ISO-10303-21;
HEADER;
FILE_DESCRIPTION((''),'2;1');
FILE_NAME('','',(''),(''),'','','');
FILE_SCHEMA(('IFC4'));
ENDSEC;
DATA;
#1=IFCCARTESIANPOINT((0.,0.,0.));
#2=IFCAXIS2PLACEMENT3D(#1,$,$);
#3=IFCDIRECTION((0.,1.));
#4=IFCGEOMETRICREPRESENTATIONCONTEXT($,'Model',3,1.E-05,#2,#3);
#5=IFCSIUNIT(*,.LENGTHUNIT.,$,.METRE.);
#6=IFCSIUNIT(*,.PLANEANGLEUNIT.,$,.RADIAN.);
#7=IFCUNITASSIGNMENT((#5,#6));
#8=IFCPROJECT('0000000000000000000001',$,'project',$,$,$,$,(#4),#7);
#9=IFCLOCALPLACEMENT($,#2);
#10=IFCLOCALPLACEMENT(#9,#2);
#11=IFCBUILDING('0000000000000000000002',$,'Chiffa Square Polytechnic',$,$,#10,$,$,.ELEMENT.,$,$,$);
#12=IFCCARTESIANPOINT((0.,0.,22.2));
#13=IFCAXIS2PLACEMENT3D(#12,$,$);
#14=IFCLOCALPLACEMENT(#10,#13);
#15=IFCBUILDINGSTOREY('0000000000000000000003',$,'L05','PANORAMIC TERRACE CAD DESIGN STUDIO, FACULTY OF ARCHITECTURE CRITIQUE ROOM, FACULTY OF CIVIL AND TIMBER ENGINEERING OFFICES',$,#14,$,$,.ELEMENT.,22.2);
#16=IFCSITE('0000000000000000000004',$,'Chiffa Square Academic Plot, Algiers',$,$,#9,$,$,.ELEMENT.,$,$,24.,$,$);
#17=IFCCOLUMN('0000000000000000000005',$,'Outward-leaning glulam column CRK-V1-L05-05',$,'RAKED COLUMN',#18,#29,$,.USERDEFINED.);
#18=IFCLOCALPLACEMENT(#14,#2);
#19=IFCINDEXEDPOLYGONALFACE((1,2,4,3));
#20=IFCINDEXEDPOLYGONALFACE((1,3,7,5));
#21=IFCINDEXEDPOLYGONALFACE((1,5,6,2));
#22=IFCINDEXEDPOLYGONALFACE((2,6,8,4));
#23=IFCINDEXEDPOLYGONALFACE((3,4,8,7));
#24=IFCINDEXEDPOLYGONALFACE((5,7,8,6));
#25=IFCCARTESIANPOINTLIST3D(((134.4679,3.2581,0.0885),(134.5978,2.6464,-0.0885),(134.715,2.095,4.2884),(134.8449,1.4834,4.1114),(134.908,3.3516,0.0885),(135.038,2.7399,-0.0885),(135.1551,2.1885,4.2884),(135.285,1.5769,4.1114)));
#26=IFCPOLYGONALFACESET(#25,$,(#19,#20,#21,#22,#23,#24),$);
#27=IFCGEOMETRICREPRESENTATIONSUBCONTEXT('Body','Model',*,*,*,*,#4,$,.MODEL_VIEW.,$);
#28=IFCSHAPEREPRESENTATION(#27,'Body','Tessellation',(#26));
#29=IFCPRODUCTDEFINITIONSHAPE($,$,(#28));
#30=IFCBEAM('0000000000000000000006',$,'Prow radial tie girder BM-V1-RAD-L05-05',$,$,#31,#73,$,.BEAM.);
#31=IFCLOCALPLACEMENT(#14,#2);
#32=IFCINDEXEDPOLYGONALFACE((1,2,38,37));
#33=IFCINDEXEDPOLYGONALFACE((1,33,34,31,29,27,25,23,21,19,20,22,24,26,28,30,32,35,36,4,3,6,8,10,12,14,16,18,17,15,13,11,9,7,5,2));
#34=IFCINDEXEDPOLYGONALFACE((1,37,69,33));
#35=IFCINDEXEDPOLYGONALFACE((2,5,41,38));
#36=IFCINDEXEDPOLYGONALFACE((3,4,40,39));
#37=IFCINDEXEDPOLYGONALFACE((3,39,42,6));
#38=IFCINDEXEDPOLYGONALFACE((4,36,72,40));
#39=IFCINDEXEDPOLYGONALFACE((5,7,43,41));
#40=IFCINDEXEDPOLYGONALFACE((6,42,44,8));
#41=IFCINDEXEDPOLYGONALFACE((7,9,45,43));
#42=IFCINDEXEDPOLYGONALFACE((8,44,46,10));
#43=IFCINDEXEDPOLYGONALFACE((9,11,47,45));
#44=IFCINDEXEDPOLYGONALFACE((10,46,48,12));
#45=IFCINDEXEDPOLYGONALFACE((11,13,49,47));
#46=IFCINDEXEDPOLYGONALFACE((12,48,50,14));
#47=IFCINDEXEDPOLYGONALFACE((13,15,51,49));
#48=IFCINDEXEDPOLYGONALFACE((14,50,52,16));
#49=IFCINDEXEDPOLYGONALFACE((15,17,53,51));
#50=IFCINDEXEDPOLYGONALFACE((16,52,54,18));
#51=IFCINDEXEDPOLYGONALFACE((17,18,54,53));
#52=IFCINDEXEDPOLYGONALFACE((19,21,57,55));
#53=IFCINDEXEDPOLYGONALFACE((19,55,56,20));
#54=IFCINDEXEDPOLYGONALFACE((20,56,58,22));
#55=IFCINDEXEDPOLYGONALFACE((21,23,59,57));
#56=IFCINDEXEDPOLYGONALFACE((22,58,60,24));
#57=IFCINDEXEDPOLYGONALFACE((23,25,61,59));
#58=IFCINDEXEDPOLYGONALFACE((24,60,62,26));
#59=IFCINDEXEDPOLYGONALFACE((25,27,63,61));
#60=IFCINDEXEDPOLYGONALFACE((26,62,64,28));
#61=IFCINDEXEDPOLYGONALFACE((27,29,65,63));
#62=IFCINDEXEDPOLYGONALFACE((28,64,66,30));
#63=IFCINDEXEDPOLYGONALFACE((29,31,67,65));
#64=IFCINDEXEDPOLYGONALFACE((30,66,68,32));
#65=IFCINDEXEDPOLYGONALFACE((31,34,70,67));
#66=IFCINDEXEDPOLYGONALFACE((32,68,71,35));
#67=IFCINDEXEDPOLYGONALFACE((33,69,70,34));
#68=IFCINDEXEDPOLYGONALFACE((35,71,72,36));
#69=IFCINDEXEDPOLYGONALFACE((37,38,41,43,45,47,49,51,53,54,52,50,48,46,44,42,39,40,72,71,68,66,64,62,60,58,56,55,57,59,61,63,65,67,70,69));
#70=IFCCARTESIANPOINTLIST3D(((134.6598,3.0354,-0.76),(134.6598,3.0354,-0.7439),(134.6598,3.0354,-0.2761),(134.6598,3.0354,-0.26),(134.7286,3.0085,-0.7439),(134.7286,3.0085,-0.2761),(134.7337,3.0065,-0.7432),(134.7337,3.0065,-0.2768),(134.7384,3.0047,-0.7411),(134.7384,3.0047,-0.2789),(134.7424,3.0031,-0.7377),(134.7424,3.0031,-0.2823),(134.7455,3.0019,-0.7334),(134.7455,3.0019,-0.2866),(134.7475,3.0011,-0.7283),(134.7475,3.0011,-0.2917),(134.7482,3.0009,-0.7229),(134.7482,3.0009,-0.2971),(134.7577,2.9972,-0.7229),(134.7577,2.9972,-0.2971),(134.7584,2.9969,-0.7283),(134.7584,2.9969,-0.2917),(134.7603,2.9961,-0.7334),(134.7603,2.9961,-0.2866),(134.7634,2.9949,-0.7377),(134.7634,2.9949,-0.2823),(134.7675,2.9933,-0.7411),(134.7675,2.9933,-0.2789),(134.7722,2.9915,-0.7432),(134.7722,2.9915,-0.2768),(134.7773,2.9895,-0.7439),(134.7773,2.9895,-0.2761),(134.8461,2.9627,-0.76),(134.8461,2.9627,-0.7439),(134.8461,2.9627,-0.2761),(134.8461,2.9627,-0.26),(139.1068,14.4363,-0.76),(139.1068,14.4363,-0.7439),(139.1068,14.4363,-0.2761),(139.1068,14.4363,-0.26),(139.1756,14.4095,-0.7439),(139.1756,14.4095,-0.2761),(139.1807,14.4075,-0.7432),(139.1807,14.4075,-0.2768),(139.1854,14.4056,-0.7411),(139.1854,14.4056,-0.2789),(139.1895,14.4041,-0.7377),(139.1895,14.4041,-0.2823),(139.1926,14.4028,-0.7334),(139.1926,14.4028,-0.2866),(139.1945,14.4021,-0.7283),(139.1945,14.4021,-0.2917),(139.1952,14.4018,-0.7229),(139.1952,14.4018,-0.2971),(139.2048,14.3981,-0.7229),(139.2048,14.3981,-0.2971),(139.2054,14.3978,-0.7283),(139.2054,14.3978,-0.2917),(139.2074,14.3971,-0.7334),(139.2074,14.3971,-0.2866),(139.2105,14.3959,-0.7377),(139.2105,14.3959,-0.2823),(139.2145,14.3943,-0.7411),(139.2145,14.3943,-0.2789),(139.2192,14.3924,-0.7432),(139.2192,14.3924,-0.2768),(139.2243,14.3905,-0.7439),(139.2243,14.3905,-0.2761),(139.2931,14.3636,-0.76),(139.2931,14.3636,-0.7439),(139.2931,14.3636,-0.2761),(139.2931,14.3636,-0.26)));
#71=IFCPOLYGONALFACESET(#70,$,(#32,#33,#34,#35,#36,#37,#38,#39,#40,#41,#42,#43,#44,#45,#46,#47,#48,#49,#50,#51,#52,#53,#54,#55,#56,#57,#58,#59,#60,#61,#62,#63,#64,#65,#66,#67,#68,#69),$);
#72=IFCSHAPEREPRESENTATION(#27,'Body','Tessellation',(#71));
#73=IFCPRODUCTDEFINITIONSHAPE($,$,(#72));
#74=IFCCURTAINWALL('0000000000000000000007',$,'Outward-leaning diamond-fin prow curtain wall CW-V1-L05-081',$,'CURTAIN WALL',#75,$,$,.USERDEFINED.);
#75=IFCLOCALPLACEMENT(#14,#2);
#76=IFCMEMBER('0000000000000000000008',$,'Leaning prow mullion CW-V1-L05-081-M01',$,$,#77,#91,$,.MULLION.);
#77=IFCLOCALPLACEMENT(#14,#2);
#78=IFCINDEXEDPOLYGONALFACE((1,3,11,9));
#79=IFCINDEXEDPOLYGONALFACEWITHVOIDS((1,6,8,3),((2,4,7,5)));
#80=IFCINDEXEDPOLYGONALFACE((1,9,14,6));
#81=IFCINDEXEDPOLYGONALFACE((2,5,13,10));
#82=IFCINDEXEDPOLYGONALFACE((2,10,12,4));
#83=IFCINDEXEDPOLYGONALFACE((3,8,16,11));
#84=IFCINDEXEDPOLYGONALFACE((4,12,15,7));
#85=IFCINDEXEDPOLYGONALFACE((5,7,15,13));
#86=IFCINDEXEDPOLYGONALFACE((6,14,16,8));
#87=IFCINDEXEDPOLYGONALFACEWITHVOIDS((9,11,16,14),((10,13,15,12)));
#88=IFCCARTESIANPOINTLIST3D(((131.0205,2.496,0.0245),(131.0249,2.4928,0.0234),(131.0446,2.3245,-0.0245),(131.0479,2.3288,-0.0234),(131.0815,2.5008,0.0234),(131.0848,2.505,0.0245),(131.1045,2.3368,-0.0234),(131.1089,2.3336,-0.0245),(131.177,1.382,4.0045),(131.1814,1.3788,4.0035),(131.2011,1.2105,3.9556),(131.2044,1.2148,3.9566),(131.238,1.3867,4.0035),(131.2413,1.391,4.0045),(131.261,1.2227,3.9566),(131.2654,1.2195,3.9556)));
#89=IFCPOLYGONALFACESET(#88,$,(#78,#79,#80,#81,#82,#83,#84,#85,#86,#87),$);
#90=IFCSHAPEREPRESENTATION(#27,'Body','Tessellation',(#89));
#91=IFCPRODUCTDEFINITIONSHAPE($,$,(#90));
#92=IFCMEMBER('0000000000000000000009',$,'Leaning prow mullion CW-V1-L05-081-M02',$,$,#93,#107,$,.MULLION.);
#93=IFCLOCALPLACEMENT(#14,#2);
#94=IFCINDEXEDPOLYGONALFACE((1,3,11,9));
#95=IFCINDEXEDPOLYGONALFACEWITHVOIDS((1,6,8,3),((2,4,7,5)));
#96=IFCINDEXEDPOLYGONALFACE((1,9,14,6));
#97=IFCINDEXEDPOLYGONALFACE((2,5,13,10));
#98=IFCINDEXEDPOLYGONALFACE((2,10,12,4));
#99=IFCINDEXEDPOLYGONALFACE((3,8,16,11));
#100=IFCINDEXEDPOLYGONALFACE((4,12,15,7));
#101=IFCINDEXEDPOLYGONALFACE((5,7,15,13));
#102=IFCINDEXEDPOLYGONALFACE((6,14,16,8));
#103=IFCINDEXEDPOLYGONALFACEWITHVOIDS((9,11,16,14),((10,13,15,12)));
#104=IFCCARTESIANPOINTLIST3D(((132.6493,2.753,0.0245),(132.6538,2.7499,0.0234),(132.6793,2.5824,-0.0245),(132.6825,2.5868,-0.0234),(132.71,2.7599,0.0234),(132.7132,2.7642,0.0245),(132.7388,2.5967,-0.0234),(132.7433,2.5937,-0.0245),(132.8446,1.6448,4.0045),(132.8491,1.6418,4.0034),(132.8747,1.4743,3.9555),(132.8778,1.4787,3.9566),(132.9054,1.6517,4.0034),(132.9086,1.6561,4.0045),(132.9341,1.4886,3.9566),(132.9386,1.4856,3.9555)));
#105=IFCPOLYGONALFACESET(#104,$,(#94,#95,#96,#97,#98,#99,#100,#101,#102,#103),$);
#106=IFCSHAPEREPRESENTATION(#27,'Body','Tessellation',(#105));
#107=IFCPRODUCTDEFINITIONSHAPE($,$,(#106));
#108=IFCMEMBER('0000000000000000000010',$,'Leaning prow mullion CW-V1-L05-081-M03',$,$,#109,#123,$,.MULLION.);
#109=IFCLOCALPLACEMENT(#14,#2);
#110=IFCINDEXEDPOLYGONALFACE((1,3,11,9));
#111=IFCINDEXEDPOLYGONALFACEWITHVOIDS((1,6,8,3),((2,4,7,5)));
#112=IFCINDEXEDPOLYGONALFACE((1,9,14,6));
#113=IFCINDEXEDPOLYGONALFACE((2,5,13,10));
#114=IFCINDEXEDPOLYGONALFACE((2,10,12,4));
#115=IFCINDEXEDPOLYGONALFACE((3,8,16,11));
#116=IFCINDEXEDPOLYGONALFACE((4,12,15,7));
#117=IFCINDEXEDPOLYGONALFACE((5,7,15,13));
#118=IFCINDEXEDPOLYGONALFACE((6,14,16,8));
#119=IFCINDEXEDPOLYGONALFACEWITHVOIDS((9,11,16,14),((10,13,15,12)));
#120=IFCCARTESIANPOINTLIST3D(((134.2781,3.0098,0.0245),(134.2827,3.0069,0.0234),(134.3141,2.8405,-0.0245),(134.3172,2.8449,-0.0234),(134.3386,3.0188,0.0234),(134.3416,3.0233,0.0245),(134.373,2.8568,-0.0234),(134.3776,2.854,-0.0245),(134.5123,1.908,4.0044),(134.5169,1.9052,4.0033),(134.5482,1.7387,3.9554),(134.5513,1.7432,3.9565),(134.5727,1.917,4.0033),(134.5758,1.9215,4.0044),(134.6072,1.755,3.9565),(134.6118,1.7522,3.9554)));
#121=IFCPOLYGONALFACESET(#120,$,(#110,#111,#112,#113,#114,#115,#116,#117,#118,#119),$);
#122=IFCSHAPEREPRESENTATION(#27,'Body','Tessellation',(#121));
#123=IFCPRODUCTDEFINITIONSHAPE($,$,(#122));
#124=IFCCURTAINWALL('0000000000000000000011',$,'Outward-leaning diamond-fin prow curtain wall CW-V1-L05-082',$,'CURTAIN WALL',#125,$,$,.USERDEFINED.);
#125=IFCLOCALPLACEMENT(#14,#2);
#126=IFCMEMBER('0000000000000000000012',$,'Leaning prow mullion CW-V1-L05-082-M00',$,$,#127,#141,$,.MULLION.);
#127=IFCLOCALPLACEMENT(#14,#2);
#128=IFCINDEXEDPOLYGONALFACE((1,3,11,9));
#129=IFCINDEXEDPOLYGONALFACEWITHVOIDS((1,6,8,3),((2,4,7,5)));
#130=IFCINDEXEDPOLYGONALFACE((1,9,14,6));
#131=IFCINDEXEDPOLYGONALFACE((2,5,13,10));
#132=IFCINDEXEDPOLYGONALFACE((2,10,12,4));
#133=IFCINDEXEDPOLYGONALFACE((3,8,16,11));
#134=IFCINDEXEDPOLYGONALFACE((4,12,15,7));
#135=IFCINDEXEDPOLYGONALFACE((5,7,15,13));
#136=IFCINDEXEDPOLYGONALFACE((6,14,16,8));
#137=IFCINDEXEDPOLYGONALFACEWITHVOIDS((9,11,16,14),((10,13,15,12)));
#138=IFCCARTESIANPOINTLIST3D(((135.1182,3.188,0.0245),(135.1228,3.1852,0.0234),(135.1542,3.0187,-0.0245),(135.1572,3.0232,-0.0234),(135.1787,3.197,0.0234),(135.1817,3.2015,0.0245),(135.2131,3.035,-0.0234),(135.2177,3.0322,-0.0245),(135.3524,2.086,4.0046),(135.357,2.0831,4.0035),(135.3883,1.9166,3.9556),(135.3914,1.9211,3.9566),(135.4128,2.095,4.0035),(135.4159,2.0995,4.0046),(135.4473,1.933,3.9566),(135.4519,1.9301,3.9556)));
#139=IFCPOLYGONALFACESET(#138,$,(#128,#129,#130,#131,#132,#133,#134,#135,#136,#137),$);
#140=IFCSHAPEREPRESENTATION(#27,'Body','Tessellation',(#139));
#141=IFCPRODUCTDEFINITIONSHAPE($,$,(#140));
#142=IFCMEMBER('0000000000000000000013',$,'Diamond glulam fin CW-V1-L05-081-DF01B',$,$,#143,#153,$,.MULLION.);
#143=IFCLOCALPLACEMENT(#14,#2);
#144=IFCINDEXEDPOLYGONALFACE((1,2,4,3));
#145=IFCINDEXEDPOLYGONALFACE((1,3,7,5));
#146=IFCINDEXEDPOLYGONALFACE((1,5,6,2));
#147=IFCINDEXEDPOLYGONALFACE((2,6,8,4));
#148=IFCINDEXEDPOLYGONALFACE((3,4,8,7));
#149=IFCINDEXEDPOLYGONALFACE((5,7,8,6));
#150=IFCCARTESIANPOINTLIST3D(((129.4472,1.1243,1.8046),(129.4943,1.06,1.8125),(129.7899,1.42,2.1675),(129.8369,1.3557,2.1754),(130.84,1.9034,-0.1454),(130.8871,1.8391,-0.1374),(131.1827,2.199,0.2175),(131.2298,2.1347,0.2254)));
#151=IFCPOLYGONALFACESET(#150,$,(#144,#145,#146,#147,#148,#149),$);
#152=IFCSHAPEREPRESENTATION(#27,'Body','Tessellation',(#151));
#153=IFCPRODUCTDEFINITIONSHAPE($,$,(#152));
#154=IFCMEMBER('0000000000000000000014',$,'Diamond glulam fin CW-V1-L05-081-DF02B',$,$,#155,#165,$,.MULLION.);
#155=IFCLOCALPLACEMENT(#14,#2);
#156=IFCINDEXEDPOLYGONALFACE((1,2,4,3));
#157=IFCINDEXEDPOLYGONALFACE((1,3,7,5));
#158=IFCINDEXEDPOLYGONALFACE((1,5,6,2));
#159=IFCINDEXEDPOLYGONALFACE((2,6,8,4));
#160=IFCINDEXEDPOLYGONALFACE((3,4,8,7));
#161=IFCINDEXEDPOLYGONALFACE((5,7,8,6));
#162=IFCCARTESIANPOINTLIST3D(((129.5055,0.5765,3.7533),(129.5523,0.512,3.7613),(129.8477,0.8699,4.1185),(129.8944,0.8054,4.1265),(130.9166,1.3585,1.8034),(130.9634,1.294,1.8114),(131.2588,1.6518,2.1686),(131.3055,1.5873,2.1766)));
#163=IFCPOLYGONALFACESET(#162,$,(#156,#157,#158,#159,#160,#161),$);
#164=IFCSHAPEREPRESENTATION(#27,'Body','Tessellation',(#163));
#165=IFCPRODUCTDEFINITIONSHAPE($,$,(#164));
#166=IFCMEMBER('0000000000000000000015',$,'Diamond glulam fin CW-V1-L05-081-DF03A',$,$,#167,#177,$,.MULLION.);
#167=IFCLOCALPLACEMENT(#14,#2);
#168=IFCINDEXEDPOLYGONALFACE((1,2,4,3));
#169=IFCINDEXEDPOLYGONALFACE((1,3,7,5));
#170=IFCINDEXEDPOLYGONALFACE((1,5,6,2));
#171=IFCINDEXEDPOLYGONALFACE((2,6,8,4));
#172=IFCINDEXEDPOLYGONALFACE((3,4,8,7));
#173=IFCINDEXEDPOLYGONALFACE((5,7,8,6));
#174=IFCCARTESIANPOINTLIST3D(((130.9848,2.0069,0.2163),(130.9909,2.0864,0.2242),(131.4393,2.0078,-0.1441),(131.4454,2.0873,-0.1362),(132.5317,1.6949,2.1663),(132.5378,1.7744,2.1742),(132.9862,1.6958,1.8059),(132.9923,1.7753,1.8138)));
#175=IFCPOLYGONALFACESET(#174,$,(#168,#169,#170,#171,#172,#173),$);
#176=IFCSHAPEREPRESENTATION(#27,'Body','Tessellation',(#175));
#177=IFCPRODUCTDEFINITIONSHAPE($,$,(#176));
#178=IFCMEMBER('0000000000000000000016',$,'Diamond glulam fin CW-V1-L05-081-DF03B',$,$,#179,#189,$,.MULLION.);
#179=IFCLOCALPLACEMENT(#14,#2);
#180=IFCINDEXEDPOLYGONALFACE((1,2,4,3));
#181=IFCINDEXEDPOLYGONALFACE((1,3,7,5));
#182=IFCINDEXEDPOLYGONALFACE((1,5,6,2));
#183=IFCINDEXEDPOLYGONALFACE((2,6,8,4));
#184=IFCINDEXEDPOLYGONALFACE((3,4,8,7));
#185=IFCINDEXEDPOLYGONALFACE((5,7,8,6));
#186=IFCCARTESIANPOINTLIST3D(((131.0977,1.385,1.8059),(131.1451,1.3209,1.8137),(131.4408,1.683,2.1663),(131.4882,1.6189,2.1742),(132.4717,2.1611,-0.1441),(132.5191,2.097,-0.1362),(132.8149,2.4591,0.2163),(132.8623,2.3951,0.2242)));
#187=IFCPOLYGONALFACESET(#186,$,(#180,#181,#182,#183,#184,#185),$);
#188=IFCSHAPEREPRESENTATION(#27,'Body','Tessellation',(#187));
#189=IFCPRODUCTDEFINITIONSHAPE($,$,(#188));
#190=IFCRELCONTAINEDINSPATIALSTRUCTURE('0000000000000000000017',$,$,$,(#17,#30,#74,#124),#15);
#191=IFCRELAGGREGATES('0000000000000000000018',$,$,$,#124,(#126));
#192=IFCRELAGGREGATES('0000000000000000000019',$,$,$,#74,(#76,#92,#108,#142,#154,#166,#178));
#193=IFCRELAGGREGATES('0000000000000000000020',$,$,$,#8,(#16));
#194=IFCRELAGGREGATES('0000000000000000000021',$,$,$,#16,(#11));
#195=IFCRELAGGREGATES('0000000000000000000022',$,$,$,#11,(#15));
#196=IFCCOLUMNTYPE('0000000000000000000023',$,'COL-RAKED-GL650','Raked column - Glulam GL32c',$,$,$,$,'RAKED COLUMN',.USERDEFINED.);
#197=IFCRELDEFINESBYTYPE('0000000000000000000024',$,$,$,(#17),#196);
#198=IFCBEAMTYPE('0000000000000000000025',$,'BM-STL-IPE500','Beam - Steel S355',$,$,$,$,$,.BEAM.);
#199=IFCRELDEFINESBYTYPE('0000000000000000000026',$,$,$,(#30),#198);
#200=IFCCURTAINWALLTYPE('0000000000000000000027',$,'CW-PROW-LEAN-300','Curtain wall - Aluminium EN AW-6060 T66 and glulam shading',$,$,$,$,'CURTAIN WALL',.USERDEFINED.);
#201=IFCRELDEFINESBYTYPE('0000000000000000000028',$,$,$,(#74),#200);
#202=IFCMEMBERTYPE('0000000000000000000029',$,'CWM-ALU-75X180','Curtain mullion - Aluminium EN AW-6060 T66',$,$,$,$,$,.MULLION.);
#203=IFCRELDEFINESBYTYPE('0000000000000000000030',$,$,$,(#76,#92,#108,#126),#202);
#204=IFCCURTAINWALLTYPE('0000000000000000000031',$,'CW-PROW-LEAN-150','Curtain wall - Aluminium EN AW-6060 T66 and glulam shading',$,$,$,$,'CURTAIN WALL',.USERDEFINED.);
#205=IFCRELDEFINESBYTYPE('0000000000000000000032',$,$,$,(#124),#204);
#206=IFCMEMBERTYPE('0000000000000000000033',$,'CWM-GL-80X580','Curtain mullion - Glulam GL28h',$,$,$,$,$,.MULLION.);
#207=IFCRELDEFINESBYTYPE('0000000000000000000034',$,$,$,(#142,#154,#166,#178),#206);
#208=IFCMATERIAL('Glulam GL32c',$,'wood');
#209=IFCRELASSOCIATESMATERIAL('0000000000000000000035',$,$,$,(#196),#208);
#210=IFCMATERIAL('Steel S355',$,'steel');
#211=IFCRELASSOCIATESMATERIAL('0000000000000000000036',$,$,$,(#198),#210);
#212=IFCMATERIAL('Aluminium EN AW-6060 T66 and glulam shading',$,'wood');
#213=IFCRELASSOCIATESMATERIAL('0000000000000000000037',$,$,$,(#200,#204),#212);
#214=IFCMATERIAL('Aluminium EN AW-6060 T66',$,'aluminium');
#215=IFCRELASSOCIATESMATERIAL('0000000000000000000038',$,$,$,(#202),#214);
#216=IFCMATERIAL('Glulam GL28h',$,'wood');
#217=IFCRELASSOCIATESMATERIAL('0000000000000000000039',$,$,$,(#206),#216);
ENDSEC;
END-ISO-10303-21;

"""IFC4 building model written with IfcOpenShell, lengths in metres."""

from ifc_helpers import new_model, si_unit, direction, frame, origin, origin_2d, place, context, subcontext, project, spatial, rectangle, hollow_rectangle, i_section, extrude, material, material_profile, profile_set, type_object, element, aggregate, save


model = new_model("IFC4")

# Units and contexts
model_context = context("Model", 3, precision=1e-05, world=origin(), true_north=direction((0.0, 1.0)))
body_context = subcontext(model_context, "Body", "Model", "MODEL_VIEW")
ifc_project = project(units=[si_unit("LENGTHUNIT", "METRE"), si_unit("PLANEANGLEUNIT", "RADIAN")], contexts=[model_context])

# Site, building, storey
site_placement = place(None, origin())
site = spatial("IfcSite", under=ifc_project, at=site_placement, Name="Chiffa Square Academic Plot, Algiers", CompositionType="ELEMENT", RefElevation=24.0)
building_placement = place(site_placement, origin())
building = spatial("IfcBuilding", under=site, at=building_placement, Name="Chiffa Square Polytechnic", CompositionType="ELEMENT")
storey_placement = place(building_placement, frame((0.0, 0.0, 22.2)))
storey = spatial("IfcBuildingStorey", under=building, at=storey_placement, Name="L05", Description="PANORAMIC TERRACE CAD DESIGN STUDIO, FACULTY OF ARCHITECTURE CRITIQUE ROOM, FACULTY OF CIVIL AND TIMBER ENGINEERING OFFICES", CompositionType="ELEMENT", Elevation=22.2)

# Column
ifc_material_1 = material(Name="Glulam GL32c", Category="wood")
ifc_material_profile_1 = material_profile(ifc_material_1, rectangle(XDim=0.45, YDim=0.6499, at=origin_2d()), Name="GL32c 450x650")
ifc_profile_set_1 = profile_set([ifc_material_profile_1], Name="Glulam GL32c")
column_type = type_object("IfcColumnType", Name="COL-RAKED-GL650", Description="Raked column - Glulam GL32c", ElementType="RAKED COLUMN", PredefinedType="USERDEFINED", material=ifc_profile_set_1)
column_placement = place(storey_placement, frame((134.7529, 2.999, 0.0), z_axis=(0.056602, -0.266456, 0.962184), x_axis=(0.978173, 0.20779, 0.0)))
element("IfcColumn", 1, at=column_placement, inside=storey, type_object=column_type, Name="Outward-leaning glulam column CRK-V1-L05-05", ObjectType="RAKED COLUMN", PredefinedType="USERDEFINED", context=body_context, shape_type="SweptSolid", body=[
    extrude(rectangle(XDim=0.45, YDim=0.6499, at=origin_2d()), origin(), (0.0, 0.0, 1.0), 4.365),
])

# Beam
ifc_material_2 = material(Name="Steel S355", Category="steel")
ifc_material_profile_2 = material_profile(ifc_material_2, i_section(OverallWidth=0.2, OverallDepth=0.5, WebThickness=0.0103, FlangeThickness=0.0161, FilletRadius=0.021, at=origin_2d()), Name="IPE 500")
ifc_profile_set_2 = profile_set([ifc_material_profile_2], Name="Steel S355")
beam_type_1 = type_object("IfcBeamType", Name="BM-STL-IPE500", Description="Beam - Steel S355", PredefinedType="BEAM", material=ifc_profile_set_2)
beam_1_placement = place(storey_placement, frame((134.7529, 2.999, -0.51), z_axis=(0.363393, 0.931636, 0.0), x_axis=(-0.931636, 0.363393, 0.0)))
element("IfcBeam", 2, at=beam_1_placement, inside=storey, type_object=beam_type_1, Name="Prow radial tie girder BM-V1-RAD-L05-05", PredefinedType="BEAM", context=body_context, shape_type="SweptSolid", body=[
    extrude(i_section(OverallWidth=0.2, OverallDepth=0.5, WebThickness=0.0103, FlangeThickness=0.0161, FilletRadius=0.021, at=origin_2d()), origin(), (0.0, 0.0, 1.0), 12.2375),
])

# Curtain wall, members
ifc_material_3 = material(Name="Aluminium EN AW-6060 T66 and glulam shading", Category="wood")
curtain_wall_type_1 = type_object("IfcCurtainWallType", Name="CW-PROW-LEAN-300", Description="Curtain wall - Aluminium EN AW-6060 T66 and glulam shading", ElementType="CURTAIN WALL", PredefinedType="USERDEFINED", material=ifc_material_3)
curtain_wall_1_placement = place(storey_placement, origin())
curtain_wall_1 = element("IfcCurtainWall", 3, at=curtain_wall_1_placement, inside=storey, type_object=curtain_wall_type_1, Name="Outward-leaning diamond-fin prow curtain wall CW-V1-L05-081", ObjectType="CURTAIN WALL", PredefinedType="USERDEFINED")
ifc_material_4 = material(Name="Aluminium EN AW-6060 T66", Category="aluminium")
ifc_material_profile_3 = material_profile(ifc_material_4, hollow_rectangle(XDim=0.0649, YDim=0.1799, WallThickness=0.0039, at=origin_2d()), Name="ALU 65x180x4")
ifc_profile_set_3 = profile_set([ifc_material_profile_3], Name="Aluminium EN AW-6060 T66")
member_type_1 = type_object("IfcMemberType", Name="CWM-ALU-75X180", Description="Curtain mullion - Aluminium EN AW-6060 T66", PredefinedType="MULLION", material=ifc_profile_set_3)
member_1_placement = place(storey_placement, frame((131.0647, 2.4148, 0.0), z_axis=(0.037838, -0.269351, 0.962298), x_axis=(0.990277, 0.139112, 0.0)))
member_1 = element("IfcMember", 4, at=member_1_placement, type_object=member_type_1, Name="Leaning prow mullion CW-V1-L05-081-M01", PredefinedType="MULLION", context=body_context, shape_type="SweptSolid", body=[
    extrude(hollow_rectangle(XDim=0.0649, YDim=0.1799, WallThickness=0.0039, at=origin_2d()), origin(), (0.0, 0.0, 1.0), 4.136),
])
member_2_placement = place(storey_placement, frame((132.6963, 2.6733, 0.0), z_axis=(0.047223, -0.26793, 0.96228), x_axis=(0.984821, 0.173575, 0.0)))
member_2 = element("IfcMember", 5, at=member_2_placement, type_object=member_type_1, Name="Leaning prow mullion CW-V1-L05-081-M02", PredefinedType="MULLION", context=body_context, shape_type="SweptSolid", body=[
    extrude(hollow_rectangle(XDim=0.0649, YDim=0.1799, WallThickness=0.0039, at=origin_2d()), origin(), (0.0, 0.0, 1.0), 4.136),
])
member_3_placement = place(storey_placement, frame((134.3279, 2.9319, 0.0), z_axis=(0.056604, -0.266374, 0.962206), x_axis=(0.978159, 0.207856, 0.0)))
member_3 = element("IfcMember", 6, at=member_3_placement, type_object=member_type_1, Name="Leaning prow mullion CW-V1-L05-081-M03", PredefinedType="MULLION", context=body_context, shape_type="SweptSolid", body=[
    extrude(hollow_rectangle(XDim=0.0649, YDim=0.1799, WallThickness=0.0039, at=origin_2d()), origin(), (0.0, 0.0, 1.0), 4.1362),
])

# Curtain wall, member
curtain_wall_type_2 = type_object("IfcCurtainWallType", Name="CW-PROW-LEAN-150", Description="Curtain wall - Aluminium EN AW-6060 T66 and glulam shading", ElementType="CURTAIN WALL", PredefinedType="USERDEFINED", material=ifc_material_3)
curtain_wall_2_placement = place(storey_placement, origin())
curtain_wall_2 = element("IfcCurtainWall", 7, at=curtain_wall_2_placement, inside=storey, type_object=curtain_wall_type_2, Name="Outward-leaning diamond-fin prow curtain wall CW-V1-L05-082", ObjectType="CURTAIN WALL", PredefinedType="USERDEFINED")
member_4_placement = place(storey_placement, frame((135.168, 3.1101, 0.0), z_axis=(0.056603, -0.266429, 0.962191), x_axis=(0.978169, 0.207812, 0.0)))
member_4 = element("IfcMember", 8, at=member_4_placement, type_object=member_type_1, Name="Leaning prow mullion CW-V1-L05-082-M00", PredefinedType="MULLION", context=body_context, shape_type="SweptSolid", body=[
    extrude(hollow_rectangle(XDim=0.0649, YDim=0.1799, WallThickness=0.0039, at=origin_2d()), origin(), (0.0, 0.0, 1.0), 4.1365),
])

# Members
ifc_material_5 = material(Name="Glulam GL28h", Category="wood")
ifc_material_profile_4 = material_profile(ifc_material_5, rectangle(XDim=0.0801, YDim=0.5801, at=origin_2d()), Name="GL28h 80x580")
ifc_profile_set_4 = profile_set([ifc_material_profile_4], Name="Glulam GL28h")
member_type_2 = type_object("IfcMemberType", Name="CWM-GL-80X580", Description="Curtain mullion - Glulam GL28h", PredefinedType="MULLION", material=ifc_profile_set_4)
member_5_placement = place(storey_placement, frame((131.0349, 2.019, 0.04), z_axis=(-0.55276, -0.309177, 0.773864), x_axis=(0.587805, -0.802912, 0.099078)))
member_5 = element("IfcMember", 9, at=member_5_placement, type_object=member_type_2, Name="Diamond glulam fin CW-V1-L05-081-DF01B", PredefinedType="MULLION", context=body_context, shape_type="SweptSolid", body=[
    extrude(rectangle(XDim=0.0801, YDim=0.5801, at=origin_2d()), origin(), (0.0, 0.0, 1.0), 2.5198),
])
member_6_placement = place(storey_placement, frame((131.1111, 1.4729, 1.99), z_axis=(-0.557577, -0.308983, 0.770479), x_axis=(0.584162, -0.805488, 0.099722)))
member_6 = element("IfcMember", 10, at=member_6_placement, type_object=member_type_2, Name="Diamond glulam fin CW-V1-L05-081-DF02B", PredefinedType="MULLION", context=body_context, shape_type="SweptSolid", body=[
    extrude(rectangle(XDim=0.0801, YDim=0.5801, at=origin_2d()), origin(), (0.0, 0.0, 1.0), 2.5308),
])
member_7_placement = place(storey_placement, frame((131.2151, 2.0471, 0.04), z_axis=(0.616658, -0.124383, 0.777343), x_axis=(0.076086, 0.992233, 0.098409)))
member_7 = element("IfcMember", 11, at=member_7_placement, type_object=member_type_2, Name="Diamond glulam fin CW-V1-L05-081-DF03A", PredefinedType="MULLION", context=body_context, shape_type="SweptSolid", body=[
    extrude(rectangle(XDim=0.0801, YDim=0.5801, at=origin_2d()), origin(), (0.0, 0.0, 1.0), 2.5085),
])
member_8_placement = place(storey_placement, frame((132.667, 2.2781, 0.04), z_axis=(-0.547745, -0.309396, 0.777335), x_axis=(0.591641, -0.800173, 0.098411)))
member_8 = element("IfcMember", 12, at=member_8_placement, type_object=member_type_2, Name="Diamond glulam fin CW-V1-L05-081-DF03B", PredefinedType="MULLION", context=body_context, shape_type="SweptSolid", body=[
    extrude(rectangle(XDim=0.0801, YDim=0.5801, at=origin_2d()), origin(), (0.0, 0.0, 1.0), 2.5085),
])
aggregate(curtain_wall_2, [member_4])

aggregate(curtain_wall_1, [member_1, member_2, member_3, member_5, member_6, member_7, member_8])

save(model, "model.ifc")
